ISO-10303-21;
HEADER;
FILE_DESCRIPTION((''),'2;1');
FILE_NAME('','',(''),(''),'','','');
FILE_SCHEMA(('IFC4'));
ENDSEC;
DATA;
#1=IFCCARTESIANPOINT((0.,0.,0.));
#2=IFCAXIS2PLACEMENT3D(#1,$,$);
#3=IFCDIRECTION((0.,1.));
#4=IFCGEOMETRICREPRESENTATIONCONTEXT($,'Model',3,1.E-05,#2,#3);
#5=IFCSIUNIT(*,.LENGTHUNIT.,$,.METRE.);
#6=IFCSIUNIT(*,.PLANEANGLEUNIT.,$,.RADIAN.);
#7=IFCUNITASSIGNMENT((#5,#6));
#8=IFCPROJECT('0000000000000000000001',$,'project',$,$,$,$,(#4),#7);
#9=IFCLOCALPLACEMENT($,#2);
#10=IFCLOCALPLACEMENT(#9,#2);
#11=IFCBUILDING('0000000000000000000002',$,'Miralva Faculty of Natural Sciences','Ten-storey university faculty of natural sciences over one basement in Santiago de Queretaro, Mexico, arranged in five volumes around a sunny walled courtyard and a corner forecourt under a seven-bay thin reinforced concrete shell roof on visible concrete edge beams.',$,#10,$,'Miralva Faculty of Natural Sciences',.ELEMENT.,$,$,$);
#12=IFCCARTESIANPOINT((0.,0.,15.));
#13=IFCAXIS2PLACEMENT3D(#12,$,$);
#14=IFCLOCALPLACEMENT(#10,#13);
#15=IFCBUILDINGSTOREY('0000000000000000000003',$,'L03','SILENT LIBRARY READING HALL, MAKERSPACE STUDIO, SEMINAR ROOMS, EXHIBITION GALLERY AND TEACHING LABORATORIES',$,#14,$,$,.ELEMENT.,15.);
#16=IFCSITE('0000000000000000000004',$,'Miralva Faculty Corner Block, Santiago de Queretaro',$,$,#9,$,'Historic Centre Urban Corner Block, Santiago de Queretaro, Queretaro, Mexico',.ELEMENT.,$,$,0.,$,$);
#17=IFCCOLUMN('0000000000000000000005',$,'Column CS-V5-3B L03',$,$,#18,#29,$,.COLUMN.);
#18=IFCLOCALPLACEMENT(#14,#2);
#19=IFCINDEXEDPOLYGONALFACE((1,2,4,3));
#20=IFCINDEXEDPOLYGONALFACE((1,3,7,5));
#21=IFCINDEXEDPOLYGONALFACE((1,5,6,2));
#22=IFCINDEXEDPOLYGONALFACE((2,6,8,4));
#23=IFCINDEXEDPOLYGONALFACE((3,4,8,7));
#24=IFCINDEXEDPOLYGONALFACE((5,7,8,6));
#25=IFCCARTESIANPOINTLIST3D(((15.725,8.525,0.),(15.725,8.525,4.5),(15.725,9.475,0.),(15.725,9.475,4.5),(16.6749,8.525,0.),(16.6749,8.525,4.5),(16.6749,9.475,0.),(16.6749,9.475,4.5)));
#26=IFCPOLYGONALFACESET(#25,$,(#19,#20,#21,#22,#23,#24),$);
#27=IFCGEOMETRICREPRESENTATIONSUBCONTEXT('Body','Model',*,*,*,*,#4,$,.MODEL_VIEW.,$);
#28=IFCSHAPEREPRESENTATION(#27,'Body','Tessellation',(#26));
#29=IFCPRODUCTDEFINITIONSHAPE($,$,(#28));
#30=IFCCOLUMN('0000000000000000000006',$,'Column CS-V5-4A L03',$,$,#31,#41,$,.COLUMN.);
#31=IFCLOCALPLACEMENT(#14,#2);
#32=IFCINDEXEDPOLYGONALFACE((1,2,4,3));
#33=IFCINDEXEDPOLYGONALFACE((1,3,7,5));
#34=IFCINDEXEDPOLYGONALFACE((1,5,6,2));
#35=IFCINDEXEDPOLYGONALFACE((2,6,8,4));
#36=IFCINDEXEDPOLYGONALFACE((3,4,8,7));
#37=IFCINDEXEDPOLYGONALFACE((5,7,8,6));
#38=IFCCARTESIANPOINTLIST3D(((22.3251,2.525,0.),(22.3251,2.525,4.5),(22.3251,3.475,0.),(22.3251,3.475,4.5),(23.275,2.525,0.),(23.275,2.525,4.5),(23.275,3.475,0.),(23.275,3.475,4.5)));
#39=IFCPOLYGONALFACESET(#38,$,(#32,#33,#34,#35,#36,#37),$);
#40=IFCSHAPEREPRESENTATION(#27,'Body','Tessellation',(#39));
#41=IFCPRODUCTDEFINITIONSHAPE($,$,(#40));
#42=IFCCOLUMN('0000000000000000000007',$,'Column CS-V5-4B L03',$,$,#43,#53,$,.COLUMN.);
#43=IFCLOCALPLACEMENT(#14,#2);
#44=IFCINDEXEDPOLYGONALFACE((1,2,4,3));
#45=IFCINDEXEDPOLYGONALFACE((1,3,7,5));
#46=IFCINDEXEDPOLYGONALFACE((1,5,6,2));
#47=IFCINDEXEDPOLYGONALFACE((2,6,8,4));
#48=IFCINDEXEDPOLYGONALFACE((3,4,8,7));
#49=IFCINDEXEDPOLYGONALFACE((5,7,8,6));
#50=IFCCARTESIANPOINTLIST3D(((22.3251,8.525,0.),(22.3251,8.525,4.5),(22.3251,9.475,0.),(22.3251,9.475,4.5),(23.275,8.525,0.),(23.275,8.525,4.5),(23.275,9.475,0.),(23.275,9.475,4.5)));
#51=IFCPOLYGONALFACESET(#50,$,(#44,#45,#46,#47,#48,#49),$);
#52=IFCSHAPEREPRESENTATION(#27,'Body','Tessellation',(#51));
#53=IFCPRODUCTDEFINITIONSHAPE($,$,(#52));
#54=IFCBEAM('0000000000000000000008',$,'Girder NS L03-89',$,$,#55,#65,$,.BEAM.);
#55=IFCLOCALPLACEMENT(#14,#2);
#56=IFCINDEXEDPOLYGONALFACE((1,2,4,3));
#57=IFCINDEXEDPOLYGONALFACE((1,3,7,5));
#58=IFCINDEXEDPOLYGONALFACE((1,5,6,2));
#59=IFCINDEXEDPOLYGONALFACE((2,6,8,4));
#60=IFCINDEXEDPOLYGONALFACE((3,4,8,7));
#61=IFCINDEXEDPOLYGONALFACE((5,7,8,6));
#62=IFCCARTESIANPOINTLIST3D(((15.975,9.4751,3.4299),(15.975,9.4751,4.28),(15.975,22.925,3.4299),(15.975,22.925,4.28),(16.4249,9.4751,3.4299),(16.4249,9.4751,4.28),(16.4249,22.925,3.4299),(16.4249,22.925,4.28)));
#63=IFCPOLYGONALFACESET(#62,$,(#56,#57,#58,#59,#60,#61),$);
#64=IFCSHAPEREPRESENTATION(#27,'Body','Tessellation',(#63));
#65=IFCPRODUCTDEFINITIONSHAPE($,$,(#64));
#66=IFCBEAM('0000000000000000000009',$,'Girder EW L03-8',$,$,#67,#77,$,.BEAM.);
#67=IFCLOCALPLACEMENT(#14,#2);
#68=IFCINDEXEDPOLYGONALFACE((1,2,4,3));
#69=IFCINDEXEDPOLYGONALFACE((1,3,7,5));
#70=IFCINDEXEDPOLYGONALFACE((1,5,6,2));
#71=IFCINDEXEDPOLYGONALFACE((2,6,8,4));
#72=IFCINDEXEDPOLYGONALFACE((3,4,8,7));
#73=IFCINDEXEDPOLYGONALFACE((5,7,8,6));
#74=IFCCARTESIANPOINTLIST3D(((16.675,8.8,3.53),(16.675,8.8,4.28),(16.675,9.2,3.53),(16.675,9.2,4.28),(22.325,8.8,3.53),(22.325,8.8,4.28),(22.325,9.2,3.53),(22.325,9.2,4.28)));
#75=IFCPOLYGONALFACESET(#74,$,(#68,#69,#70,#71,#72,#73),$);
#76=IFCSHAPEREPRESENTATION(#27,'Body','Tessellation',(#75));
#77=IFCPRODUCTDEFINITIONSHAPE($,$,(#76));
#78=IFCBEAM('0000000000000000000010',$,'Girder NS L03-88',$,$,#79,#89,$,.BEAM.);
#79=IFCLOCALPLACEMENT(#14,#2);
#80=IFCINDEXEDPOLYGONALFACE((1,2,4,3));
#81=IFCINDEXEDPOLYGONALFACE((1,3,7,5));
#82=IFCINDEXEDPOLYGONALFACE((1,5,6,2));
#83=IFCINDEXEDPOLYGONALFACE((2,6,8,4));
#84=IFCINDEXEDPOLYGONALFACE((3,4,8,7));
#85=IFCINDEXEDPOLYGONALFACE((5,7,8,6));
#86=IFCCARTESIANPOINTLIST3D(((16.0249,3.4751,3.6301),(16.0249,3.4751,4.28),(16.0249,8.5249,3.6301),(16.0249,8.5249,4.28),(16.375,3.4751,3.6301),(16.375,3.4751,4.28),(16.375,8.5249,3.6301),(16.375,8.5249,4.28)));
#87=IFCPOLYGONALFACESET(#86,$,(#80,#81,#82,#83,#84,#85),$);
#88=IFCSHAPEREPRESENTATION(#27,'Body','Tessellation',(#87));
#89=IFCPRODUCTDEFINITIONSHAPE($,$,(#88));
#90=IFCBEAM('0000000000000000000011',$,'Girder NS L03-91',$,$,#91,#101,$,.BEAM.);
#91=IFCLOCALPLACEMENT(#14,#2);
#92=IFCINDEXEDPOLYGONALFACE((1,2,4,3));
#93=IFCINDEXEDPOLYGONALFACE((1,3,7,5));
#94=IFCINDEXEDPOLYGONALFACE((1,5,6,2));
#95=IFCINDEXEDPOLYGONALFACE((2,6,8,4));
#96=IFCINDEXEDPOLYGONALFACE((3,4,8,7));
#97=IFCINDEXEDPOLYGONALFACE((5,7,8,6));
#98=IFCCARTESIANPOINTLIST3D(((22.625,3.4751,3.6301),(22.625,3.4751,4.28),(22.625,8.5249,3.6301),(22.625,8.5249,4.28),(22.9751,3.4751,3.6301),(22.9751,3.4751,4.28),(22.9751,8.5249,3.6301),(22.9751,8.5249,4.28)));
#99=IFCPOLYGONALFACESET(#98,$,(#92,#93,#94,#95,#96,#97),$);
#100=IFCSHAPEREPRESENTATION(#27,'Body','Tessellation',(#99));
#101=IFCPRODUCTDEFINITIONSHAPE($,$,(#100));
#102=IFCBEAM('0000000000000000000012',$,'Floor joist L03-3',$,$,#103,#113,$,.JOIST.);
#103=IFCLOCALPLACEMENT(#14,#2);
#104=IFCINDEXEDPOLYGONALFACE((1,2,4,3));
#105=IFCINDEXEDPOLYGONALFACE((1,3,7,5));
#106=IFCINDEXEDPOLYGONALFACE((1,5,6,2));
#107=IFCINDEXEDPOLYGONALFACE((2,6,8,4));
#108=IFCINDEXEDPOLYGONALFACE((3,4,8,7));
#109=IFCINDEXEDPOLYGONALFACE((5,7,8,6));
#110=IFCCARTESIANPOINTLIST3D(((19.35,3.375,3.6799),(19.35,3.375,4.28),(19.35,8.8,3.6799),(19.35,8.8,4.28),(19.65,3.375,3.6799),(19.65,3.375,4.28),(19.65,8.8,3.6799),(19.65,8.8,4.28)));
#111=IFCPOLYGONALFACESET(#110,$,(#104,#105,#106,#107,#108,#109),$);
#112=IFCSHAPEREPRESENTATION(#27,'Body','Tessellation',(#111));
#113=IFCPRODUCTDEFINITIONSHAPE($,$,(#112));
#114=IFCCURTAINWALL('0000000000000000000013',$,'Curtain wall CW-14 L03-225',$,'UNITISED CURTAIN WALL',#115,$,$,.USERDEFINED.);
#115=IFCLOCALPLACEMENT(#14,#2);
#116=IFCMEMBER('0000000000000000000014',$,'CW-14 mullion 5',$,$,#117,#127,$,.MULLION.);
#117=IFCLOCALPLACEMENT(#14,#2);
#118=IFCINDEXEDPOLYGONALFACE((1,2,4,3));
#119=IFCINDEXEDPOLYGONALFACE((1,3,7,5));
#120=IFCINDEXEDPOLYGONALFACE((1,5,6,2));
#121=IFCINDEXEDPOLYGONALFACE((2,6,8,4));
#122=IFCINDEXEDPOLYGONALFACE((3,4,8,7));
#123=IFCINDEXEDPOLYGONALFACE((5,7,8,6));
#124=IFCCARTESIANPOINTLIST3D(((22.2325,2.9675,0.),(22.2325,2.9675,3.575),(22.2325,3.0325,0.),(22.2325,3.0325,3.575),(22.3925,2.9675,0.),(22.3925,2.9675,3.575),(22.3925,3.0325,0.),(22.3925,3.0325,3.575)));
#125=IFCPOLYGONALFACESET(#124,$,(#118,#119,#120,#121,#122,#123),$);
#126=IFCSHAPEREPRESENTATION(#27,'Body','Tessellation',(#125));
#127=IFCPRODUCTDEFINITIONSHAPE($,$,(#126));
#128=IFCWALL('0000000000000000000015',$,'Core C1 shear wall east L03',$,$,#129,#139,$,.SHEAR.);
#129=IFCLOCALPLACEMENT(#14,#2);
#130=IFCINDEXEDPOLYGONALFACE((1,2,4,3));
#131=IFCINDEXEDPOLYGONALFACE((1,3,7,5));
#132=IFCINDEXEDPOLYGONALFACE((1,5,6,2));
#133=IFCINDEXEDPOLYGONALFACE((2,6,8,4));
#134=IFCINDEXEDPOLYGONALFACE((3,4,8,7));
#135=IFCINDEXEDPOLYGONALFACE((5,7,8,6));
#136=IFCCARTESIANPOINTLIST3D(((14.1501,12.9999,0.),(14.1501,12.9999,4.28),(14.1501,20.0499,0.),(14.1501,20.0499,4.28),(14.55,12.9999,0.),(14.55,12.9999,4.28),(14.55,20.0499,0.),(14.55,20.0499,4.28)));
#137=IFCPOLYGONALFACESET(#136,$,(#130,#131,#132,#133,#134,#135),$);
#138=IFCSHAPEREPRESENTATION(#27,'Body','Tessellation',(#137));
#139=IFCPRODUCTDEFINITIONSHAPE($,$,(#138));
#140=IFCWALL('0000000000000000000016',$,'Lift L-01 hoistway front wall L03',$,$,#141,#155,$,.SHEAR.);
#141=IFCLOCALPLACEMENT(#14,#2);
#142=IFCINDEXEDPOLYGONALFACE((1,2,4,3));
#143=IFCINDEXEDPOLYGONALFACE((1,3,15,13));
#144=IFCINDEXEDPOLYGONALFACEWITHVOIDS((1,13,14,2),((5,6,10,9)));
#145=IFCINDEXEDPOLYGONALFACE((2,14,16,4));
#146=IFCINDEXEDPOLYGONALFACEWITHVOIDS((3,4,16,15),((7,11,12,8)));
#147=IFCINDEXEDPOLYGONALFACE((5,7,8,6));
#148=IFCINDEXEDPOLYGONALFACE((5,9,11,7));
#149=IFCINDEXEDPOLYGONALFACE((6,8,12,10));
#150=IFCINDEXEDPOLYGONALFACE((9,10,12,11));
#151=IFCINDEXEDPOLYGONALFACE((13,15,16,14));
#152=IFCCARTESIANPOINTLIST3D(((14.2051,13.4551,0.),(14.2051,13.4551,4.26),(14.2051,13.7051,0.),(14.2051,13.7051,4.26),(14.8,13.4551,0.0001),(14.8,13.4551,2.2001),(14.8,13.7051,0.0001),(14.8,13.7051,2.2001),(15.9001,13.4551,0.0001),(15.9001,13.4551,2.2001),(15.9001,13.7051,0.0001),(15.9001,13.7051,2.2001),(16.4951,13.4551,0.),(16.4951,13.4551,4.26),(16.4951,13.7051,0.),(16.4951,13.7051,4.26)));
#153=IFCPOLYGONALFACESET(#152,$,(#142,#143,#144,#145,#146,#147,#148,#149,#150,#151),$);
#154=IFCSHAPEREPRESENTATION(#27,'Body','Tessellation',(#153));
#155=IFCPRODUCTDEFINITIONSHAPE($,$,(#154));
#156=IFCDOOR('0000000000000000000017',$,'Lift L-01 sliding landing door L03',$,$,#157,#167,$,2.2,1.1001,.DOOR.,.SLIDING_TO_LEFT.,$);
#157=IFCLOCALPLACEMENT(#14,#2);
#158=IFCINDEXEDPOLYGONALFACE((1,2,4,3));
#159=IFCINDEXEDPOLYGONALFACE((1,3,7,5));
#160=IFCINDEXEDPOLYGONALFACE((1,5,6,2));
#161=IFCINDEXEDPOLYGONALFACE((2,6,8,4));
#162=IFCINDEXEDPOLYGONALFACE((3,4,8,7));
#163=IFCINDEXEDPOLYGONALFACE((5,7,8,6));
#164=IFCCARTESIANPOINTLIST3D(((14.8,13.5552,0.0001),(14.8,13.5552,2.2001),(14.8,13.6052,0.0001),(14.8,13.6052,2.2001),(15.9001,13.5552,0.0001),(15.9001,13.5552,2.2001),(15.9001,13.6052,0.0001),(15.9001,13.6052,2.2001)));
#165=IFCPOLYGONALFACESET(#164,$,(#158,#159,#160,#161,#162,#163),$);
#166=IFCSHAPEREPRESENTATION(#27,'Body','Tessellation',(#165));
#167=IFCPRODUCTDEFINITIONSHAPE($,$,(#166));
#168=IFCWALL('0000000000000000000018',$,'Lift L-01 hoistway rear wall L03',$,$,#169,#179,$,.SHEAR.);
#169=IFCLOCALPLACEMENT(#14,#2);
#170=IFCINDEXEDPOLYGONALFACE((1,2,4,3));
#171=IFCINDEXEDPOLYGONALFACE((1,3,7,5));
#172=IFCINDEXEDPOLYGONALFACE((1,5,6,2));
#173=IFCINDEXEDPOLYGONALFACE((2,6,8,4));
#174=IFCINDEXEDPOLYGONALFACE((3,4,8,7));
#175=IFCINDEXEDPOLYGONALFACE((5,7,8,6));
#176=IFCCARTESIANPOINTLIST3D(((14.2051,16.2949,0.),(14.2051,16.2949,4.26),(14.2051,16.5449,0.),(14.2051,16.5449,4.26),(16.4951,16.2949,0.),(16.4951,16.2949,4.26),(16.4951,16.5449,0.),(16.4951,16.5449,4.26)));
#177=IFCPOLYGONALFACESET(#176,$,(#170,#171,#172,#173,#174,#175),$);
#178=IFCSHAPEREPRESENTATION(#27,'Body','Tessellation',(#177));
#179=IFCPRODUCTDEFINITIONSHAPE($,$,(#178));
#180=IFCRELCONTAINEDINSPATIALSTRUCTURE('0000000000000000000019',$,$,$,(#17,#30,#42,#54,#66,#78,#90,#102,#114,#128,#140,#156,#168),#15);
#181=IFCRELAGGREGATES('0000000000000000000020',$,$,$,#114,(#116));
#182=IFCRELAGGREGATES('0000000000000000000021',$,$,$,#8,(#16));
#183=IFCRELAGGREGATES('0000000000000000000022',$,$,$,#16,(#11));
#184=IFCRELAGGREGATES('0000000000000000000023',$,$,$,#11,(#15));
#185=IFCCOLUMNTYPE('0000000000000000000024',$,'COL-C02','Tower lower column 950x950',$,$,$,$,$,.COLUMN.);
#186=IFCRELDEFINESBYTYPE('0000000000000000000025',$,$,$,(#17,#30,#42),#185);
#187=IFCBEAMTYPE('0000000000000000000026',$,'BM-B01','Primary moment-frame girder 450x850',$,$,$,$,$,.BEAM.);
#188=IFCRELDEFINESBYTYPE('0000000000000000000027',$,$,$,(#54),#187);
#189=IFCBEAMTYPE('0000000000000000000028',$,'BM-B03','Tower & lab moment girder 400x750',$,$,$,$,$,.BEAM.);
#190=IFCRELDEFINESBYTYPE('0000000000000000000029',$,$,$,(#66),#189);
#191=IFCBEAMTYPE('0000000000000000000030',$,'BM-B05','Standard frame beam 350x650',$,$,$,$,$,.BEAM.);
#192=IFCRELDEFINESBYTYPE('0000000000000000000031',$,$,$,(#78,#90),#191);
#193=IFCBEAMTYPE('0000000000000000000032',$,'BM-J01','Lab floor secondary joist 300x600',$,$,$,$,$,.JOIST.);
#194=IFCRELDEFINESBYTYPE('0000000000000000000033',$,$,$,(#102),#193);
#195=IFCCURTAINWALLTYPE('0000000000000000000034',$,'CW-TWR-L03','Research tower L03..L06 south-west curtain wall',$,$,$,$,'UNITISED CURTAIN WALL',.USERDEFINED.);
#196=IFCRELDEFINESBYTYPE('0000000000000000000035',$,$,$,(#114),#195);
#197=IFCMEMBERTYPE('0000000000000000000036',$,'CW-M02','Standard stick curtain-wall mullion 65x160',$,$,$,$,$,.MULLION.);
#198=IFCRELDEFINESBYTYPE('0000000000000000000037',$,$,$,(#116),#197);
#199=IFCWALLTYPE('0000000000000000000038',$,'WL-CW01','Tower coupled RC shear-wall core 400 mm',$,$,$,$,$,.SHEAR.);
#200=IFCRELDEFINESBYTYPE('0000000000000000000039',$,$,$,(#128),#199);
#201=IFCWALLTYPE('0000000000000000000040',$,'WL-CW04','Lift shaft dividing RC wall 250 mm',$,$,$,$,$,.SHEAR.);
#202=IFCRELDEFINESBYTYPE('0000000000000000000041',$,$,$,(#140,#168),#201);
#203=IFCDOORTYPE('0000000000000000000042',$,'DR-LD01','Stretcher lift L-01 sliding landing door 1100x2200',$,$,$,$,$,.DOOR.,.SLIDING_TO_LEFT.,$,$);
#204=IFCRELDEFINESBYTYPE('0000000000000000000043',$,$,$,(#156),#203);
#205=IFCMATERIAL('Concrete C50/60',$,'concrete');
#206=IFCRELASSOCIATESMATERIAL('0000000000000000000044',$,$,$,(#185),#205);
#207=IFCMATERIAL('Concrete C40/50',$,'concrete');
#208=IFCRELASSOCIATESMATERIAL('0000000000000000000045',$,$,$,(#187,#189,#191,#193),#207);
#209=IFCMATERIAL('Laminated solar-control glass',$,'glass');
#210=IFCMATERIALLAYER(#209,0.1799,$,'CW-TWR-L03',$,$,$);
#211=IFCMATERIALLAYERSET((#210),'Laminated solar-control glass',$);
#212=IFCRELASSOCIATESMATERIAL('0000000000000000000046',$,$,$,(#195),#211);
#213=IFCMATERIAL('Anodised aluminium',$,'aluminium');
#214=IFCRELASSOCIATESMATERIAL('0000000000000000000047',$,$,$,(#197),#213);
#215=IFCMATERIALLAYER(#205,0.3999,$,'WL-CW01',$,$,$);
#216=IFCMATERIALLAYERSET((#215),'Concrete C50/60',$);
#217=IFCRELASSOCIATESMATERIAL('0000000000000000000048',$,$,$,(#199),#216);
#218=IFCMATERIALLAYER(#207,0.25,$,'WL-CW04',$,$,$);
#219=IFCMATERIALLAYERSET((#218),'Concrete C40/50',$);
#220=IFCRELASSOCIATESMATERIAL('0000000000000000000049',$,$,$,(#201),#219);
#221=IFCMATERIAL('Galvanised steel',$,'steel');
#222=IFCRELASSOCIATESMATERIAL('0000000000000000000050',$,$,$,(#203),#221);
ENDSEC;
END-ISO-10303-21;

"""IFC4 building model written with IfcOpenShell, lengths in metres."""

from ifc_helpers import new_model, si_unit, direction, frame, frame_2d, origin, origin_2d, place, context, subcontext, project, spatial, rectangle, extrude, material, layer, layer_set, material_profile, profile_set, type_object, element, fill, aggregate, save


model = new_model("IFC4")

# Units and contexts
model_context = context("Model", 3, precision=1e-05, world=origin(), true_north=direction((0.0, 1.0)))
body_context = subcontext(model_context, "Body", "Model", "MODEL_VIEW")
ifc_project = project(units=[si_unit("LENGTHUNIT", "METRE"), si_unit("PLANEANGLEUNIT", "RADIAN")], contexts=[model_context])

# Site, building, storey
site_placement = place(None, origin())
site = spatial("IfcSite", under=ifc_project, at=site_placement, Name="Miralva Faculty Corner Block, Santiago de Queretaro", LongName="Historic Centre Urban Corner Block, Santiago de Queretaro, Queretaro, Mexico", CompositionType="ELEMENT", RefElevation=0.0)
building_placement = place(site_placement, origin())
building = spatial("IfcBuilding", under=site, at=building_placement, Name="Miralva Faculty of Natural Sciences", Description="Ten-storey university faculty of natural sciences over one basement in Santiago de Queretaro, Mexico, arranged in five volumes around a sunny walled courtyard and a corner forecourt under a seven-bay thin reinforced concrete shell roof on visible concrete edge beams.", LongName="Miralva Faculty of Natural Sciences", CompositionType="ELEMENT")
storey_placement = place(building_placement, frame((0.0, 0.0, 15.0)))
storey = spatial("IfcBuildingStorey", under=building, at=storey_placement, Name="L03", Description="SILENT LIBRARY READING HALL, MAKERSPACE STUDIO, SEMINAR ROOMS, EXHIBITION GALLERY AND TEACHING LABORATORIES", CompositionType="ELEMENT", Elevation=15.0)

# Columns
ifc_material_1 = material(Name="Concrete C50/60", Category="concrete")
ifc_material_profile_1 = material_profile(ifc_material_1, rectangle(XDim=0.95, YDim=0.95, at=origin_2d()), Name="RC 950x950")
ifc_profile_set_1 = profile_set([ifc_material_profile_1], Name="Concrete C50/60")
column_type = type_object("IfcColumnType", Name="COL-C02", Description="Tower lower column 950x950", PredefinedType="COLUMN", material=ifc_profile_set_1)
for number, where, z_axis, x_axis, name in (
    (1, (16.2, 9.0, 0.0), (0.0, 0.0, 1.0), (1.0, 0.0, 0.0), "Column CS-V5-3B L03"),
    (2, (22.8, 3.0, 0.0), (0.0, 0.0, 1.0), (1.0, 0.0, 0.0), "Column CS-V5-4A L03"),
    (3, (22.8, 9.0, 0.0), (0.0, 0.0, 1.0), (1.0, 0.0, 0.0), "Column CS-V5-4B L03"),
):
    element("IfcColumn", number, at=place(storey_placement, frame(where, z_axis=z_axis, x_axis=x_axis)), inside=storey, type_object=column_type, Name=name, PredefinedType="COLUMN", context=body_context, shape_type="SweptSolid", body=[
        extrude(rectangle(XDim=0.95, YDim=0.95, at=origin_2d()), origin(), (0.0, 0.0, 1.0), 4.5),
    ])

# Beams
ifc_material_2 = material(Name="Concrete C40/50", Category="concrete")
ifc_material_profile_2 = material_profile(ifc_material_2, rectangle(XDim=0.45, YDim=0.8501, at=origin_2d()), Name="RC 450x850")
ifc_profile_set_2 = profile_set([ifc_material_profile_2], Name="Concrete C40/50")
beam_type_1 = type_object("IfcBeamType", Name="BM-B01", Description="Primary moment-frame girder 450x850", PredefinedType="BEAM", material=ifc_profile_set_2)
beam_1_placement = place(storey_placement, frame((16.2, 9.4751, 3.855), z_axis=(0.0, 1.0, 0.0), x_axis=(-1.0, 0.0, 0.0)))
element("IfcBeam", 4, at=beam_1_placement, inside=storey, type_object=beam_type_1, Name="Girder NS L03-89", PredefinedType="BEAM", context=body_context, shape_type="SweptSolid", body=[
    extrude(rectangle(XDim=0.45, YDim=0.8501, at=origin_2d()), origin(), (0.0, 0.0, 1.0), 13.45),
])
ifc_material_profile_3 = material_profile(ifc_material_2, rectangle(XDim=0.3999, YDim=0.75, at=origin_2d()), Name="RC 400x750")
ifc_profile_set_3 = profile_set([ifc_material_profile_3], Name="Concrete C40/50")
beam_type_2 = type_object("IfcBeamType", Name="BM-B03", Description="Tower & lab moment girder 400x750", PredefinedType="BEAM", material=ifc_profile_set_3)
beam_2_placement = place(storey_placement, frame((16.675, 9.0, 3.905), z_axis=(1.0, 0.0, 0.0), x_axis=(0.0, 1.0, 0.0)))
element("IfcBeam", 5, at=beam_2_placement, inside=storey, type_object=beam_type_2, Name="Girder EW L03-8", PredefinedType="BEAM", context=body_context, shape_type="SweptSolid", body=[
    extrude(rectangle(XDim=0.3999, YDim=0.75, at=origin_2d()), origin(), (0.0, 0.0, 1.0), 5.6499),
])
ifc_material_profile_4 = material_profile(ifc_material_2, rectangle(XDim=0.3501, YDim=0.6499, at=origin_2d()), Name="RC 350x650")
ifc_profile_set_4 = profile_set([ifc_material_profile_4], Name="Concrete C40/50")
beam_type_3 = type_object("IfcBeamType", Name="BM-B05", Description="Standard frame beam 350x650", PredefinedType="BEAM", material=ifc_profile_set_4)
for number, where, z_axis, x_axis, name in (
    (6, (16.2, 3.4751, 3.9551), (0.0, 1.0, 0.0), (-1.0, 0.0, 0.0), "Girder NS L03-88"),
    (7, (22.8, 3.4751, 3.9551), (0.0, 1.0, 0.0), (-1.0, 0.0, 0.0), "Girder NS L03-91"),
):
    element("IfcBeam", number, at=place(storey_placement, frame(where, z_axis=z_axis, x_axis=x_axis)), inside=storey, type_object=beam_type_3, Name=name, PredefinedType="BEAM", context=body_context, shape_type="SweptSolid", body=[
        extrude(rectangle(XDim=0.3501, YDim=0.6499, at=origin_2d()), origin(), (0.0, 0.0, 1.0), 5.0498),
    ])
ifc_material_profile_5 = material_profile(ifc_material_2, rectangle(XDim=0.3, YDim=0.6001, at=origin_2d()), Name="RC 300x600")
ifc_profile_set_5 = profile_set([ifc_material_profile_5], Name="Concrete C40/50")
beam_type_4 = type_object("IfcBeamType", Name="BM-J01", Description="Lab floor secondary joist 300x600", PredefinedType="JOIST", material=ifc_profile_set_5)
beam_3_placement = place(storey_placement, frame((19.5, 3.375, 3.98), z_axis=(0.0, 1.0, 0.0), x_axis=(-1.0, 0.0, 0.0)))
element("IfcBeam", 8, at=beam_3_placement, inside=storey, type_object=beam_type_4, Name="Floor joist L03-3", PredefinedType="JOIST", context=body_context, shape_type="SweptSolid", body=[
    extrude(rectangle(XDim=0.3, YDim=0.6001, at=origin_2d()), origin(), (0.0, 0.0, 1.0), 5.425),
])

# Curtain wall, member
ifc_material_3 = material(Name="Laminated solar-control glass", Category="glass")
ifc_layer_1 = layer(ifc_material_3, 0.1799, Name="CW-TWR-L03")
ifc_layer_set_1 = layer_set([ifc_layer_1], Name="Laminated solar-control glass")
curtain_wall_type = type_object("IfcCurtainWallType", Name="CW-TWR-L03", Description="Research tower L03..L06 south-west curtain wall", ElementType="UNITISED CURTAIN WALL", PredefinedType="USERDEFINED", material=ifc_layer_set_1)
curtain_wall_placement = place(storey_placement, origin())
curtain_wall = element("IfcCurtainWall", 9, at=curtain_wall_placement, inside=storey, type_object=curtain_wall_type, Name="Curtain wall CW-14 L03-225", ObjectType="UNITISED CURTAIN WALL", PredefinedType="USERDEFINED")
ifc_material_4 = material(Name="Anodised aluminium", Category="aluminium")
ifc_material_profile_6 = material_profile(ifc_material_4, rectangle(XDim=0.0649, YDim=0.1599, at=origin_2d()), Name="MULLION 65x160")
ifc_profile_set_6 = profile_set([ifc_material_profile_6], Name="Anodised aluminium")
member_type = type_object("IfcMemberType", Name="CW-M02", Description="Standard stick curtain-wall mullion 65x160", PredefinedType="MULLION", material=ifc_profile_set_6)
member_placement = place(storey_placement, frame((22.3125, 3.0, 0.0), z_axis=(0.0, 0.0, 1.0), x_axis=(0.0, 1.0, 0.0)))
member = element("IfcMember", 10, at=member_placement, type_object=member_type, Name="CW-14 mullion 5", PredefinedType="MULLION", context=body_context, shape_type="SweptSolid", body=[
    extrude(rectangle(XDim=0.0649, YDim=0.1599, at=origin_2d()), origin(), (0.0, 0.0, 1.0), 3.575),
])
aggregate(curtain_wall, [member])

# Wall
ifc_layer_2 = layer(ifc_material_1, 0.3999, Name="WL-CW01")
ifc_layer_set_2 = layer_set([ifc_layer_2], Name="Concrete C50/60")
wall_type_1 = type_object("IfcWallType", Name="WL-CW01", Description="Tower coupled RC shear-wall core 400 mm", PredefinedType="SHEAR", material=ifc_layer_set_2)
wall_1_placement = place(storey_placement, frame((14.3501, 13.0, 0.0), z_axis=(0.0, 0.0, 1.0), x_axis=(0.0, 1.0, 0.0)))
element("IfcWall", 11, at=wall_1_placement, inside=storey, type_object=wall_type_1, Name="Core C1 shear wall east L03", PredefinedType="SHEAR", context=body_context, shape_type="SweptSolid", body=[
    extrude(rectangle(XDim=7.05, YDim=0.3999, at=frame_2d((3.5249, 0.0))), origin(), (0.0, 0.0, 1.0), 4.28),
])

# Wall, opening, door
ifc_layer_3 = layer(ifc_material_2, 0.25, Name="WL-CW04")
ifc_layer_set_3 = layer_set([ifc_layer_3], Name="Concrete C40/50")
wall_type_2 = type_object("IfcWallType", Name="WL-CW04", Description="Lift shaft dividing RC wall 250 mm", PredefinedType="SHEAR", material=ifc_layer_set_3)
wall_2_placement = place(storey_placement, frame((14.2051, 13.5801, 0.0), z_axis=(0.0, 0.0, 1.0), x_axis=(1.0, 0.0, 0.0)))
wall_2 = element("IfcWall", 12, at=wall_2_placement, inside=storey, type_object=wall_type_2, Name="Lift L-01 hoistway front wall L03", PredefinedType="SHEAR", context=body_context, shape_type="SweptSolid", body=[
    extrude(rectangle(XDim=2.29, YDim=0.25, at=frame_2d((1.145, 0.0))), origin(), (0.0, 0.0, 1.0), 4.26),
])
opening_1_placement = place(wall_2_placement, frame((0.595, 0.0, 0.0)))
opening_1 = element("IfcOpeningElement", 13, at=opening_1_placement, cuts=wall_2, PredefinedType="OPENING", context=body_context, shape_type="SweptSolid", body=[
    extrude(rectangle(XDim=1.1001, YDim=2.2, at=frame_2d((0.55, 1.1001))), frame((0.0, 0.135, 0.0), z_axis=(0.0, -1.0, 0.0), x_axis=(1.0, 0.0, 0.0)), (0.0, 0.0, 1.0), 0.27),
])
ifc_material_5 = material(Name="Galvanised steel", Category="steel")
door_type_1 = type_object("IfcDoorType", Name="DR-LD01", Description="Stretcher lift L-01 sliding landing door 1100x2200", OperationType="SLIDING_TO_LEFT", PredefinedType="DOOR", material=ifc_material_5)
door_1_placement = place(opening_1_placement, frame((1.1001, 0.0, 0.0), z_axis=(0.0, 0.0, 1.0), x_axis=(-1.0, 0.0, 0.0)))
door_1 = element("IfcDoor", 14, at=door_1_placement, inside=storey, type_object=door_type_1, Name="Lift L-01 sliding landing door L03", OperationType="SLIDING_TO_LEFT", OverallHeight=2.2, OverallWidth=1.1001, PredefinedType="DOOR", context=body_context, shape_type="SweptSolid", body=[
    extrude(rectangle(XDim=1.1001, YDim=2.2, at=frame_2d((0.55, 1.1001))), frame((0.0, 0.0249, 0.0), z_axis=(0.0, -1.0, 0.0), x_axis=(1.0, 0.0, 0.0)), (0.0, 0.0, 1.0), 0.05),
])
fill(opening_1, door_1)

# Wall
wall_3_placement = place(storey_placement, frame((14.2051, 16.4199, 0.0), z_axis=(0.0, 0.0, 1.0), x_axis=(1.0, 0.0, 0.0)))
element("IfcWall", 15, at=wall_3_placement, inside=storey, type_object=wall_type_2, Name="Lift L-01 hoistway rear wall L03", PredefinedType="SHEAR", context=body_context, shape_type="SweptSolid", body=[
    extrude(rectangle(XDim=2.29, YDim=0.25, at=frame_2d((1.145, 0.0))), origin(), (0.0, 0.0, 1.0), 4.26),
])

save(model, "model.ifc")
